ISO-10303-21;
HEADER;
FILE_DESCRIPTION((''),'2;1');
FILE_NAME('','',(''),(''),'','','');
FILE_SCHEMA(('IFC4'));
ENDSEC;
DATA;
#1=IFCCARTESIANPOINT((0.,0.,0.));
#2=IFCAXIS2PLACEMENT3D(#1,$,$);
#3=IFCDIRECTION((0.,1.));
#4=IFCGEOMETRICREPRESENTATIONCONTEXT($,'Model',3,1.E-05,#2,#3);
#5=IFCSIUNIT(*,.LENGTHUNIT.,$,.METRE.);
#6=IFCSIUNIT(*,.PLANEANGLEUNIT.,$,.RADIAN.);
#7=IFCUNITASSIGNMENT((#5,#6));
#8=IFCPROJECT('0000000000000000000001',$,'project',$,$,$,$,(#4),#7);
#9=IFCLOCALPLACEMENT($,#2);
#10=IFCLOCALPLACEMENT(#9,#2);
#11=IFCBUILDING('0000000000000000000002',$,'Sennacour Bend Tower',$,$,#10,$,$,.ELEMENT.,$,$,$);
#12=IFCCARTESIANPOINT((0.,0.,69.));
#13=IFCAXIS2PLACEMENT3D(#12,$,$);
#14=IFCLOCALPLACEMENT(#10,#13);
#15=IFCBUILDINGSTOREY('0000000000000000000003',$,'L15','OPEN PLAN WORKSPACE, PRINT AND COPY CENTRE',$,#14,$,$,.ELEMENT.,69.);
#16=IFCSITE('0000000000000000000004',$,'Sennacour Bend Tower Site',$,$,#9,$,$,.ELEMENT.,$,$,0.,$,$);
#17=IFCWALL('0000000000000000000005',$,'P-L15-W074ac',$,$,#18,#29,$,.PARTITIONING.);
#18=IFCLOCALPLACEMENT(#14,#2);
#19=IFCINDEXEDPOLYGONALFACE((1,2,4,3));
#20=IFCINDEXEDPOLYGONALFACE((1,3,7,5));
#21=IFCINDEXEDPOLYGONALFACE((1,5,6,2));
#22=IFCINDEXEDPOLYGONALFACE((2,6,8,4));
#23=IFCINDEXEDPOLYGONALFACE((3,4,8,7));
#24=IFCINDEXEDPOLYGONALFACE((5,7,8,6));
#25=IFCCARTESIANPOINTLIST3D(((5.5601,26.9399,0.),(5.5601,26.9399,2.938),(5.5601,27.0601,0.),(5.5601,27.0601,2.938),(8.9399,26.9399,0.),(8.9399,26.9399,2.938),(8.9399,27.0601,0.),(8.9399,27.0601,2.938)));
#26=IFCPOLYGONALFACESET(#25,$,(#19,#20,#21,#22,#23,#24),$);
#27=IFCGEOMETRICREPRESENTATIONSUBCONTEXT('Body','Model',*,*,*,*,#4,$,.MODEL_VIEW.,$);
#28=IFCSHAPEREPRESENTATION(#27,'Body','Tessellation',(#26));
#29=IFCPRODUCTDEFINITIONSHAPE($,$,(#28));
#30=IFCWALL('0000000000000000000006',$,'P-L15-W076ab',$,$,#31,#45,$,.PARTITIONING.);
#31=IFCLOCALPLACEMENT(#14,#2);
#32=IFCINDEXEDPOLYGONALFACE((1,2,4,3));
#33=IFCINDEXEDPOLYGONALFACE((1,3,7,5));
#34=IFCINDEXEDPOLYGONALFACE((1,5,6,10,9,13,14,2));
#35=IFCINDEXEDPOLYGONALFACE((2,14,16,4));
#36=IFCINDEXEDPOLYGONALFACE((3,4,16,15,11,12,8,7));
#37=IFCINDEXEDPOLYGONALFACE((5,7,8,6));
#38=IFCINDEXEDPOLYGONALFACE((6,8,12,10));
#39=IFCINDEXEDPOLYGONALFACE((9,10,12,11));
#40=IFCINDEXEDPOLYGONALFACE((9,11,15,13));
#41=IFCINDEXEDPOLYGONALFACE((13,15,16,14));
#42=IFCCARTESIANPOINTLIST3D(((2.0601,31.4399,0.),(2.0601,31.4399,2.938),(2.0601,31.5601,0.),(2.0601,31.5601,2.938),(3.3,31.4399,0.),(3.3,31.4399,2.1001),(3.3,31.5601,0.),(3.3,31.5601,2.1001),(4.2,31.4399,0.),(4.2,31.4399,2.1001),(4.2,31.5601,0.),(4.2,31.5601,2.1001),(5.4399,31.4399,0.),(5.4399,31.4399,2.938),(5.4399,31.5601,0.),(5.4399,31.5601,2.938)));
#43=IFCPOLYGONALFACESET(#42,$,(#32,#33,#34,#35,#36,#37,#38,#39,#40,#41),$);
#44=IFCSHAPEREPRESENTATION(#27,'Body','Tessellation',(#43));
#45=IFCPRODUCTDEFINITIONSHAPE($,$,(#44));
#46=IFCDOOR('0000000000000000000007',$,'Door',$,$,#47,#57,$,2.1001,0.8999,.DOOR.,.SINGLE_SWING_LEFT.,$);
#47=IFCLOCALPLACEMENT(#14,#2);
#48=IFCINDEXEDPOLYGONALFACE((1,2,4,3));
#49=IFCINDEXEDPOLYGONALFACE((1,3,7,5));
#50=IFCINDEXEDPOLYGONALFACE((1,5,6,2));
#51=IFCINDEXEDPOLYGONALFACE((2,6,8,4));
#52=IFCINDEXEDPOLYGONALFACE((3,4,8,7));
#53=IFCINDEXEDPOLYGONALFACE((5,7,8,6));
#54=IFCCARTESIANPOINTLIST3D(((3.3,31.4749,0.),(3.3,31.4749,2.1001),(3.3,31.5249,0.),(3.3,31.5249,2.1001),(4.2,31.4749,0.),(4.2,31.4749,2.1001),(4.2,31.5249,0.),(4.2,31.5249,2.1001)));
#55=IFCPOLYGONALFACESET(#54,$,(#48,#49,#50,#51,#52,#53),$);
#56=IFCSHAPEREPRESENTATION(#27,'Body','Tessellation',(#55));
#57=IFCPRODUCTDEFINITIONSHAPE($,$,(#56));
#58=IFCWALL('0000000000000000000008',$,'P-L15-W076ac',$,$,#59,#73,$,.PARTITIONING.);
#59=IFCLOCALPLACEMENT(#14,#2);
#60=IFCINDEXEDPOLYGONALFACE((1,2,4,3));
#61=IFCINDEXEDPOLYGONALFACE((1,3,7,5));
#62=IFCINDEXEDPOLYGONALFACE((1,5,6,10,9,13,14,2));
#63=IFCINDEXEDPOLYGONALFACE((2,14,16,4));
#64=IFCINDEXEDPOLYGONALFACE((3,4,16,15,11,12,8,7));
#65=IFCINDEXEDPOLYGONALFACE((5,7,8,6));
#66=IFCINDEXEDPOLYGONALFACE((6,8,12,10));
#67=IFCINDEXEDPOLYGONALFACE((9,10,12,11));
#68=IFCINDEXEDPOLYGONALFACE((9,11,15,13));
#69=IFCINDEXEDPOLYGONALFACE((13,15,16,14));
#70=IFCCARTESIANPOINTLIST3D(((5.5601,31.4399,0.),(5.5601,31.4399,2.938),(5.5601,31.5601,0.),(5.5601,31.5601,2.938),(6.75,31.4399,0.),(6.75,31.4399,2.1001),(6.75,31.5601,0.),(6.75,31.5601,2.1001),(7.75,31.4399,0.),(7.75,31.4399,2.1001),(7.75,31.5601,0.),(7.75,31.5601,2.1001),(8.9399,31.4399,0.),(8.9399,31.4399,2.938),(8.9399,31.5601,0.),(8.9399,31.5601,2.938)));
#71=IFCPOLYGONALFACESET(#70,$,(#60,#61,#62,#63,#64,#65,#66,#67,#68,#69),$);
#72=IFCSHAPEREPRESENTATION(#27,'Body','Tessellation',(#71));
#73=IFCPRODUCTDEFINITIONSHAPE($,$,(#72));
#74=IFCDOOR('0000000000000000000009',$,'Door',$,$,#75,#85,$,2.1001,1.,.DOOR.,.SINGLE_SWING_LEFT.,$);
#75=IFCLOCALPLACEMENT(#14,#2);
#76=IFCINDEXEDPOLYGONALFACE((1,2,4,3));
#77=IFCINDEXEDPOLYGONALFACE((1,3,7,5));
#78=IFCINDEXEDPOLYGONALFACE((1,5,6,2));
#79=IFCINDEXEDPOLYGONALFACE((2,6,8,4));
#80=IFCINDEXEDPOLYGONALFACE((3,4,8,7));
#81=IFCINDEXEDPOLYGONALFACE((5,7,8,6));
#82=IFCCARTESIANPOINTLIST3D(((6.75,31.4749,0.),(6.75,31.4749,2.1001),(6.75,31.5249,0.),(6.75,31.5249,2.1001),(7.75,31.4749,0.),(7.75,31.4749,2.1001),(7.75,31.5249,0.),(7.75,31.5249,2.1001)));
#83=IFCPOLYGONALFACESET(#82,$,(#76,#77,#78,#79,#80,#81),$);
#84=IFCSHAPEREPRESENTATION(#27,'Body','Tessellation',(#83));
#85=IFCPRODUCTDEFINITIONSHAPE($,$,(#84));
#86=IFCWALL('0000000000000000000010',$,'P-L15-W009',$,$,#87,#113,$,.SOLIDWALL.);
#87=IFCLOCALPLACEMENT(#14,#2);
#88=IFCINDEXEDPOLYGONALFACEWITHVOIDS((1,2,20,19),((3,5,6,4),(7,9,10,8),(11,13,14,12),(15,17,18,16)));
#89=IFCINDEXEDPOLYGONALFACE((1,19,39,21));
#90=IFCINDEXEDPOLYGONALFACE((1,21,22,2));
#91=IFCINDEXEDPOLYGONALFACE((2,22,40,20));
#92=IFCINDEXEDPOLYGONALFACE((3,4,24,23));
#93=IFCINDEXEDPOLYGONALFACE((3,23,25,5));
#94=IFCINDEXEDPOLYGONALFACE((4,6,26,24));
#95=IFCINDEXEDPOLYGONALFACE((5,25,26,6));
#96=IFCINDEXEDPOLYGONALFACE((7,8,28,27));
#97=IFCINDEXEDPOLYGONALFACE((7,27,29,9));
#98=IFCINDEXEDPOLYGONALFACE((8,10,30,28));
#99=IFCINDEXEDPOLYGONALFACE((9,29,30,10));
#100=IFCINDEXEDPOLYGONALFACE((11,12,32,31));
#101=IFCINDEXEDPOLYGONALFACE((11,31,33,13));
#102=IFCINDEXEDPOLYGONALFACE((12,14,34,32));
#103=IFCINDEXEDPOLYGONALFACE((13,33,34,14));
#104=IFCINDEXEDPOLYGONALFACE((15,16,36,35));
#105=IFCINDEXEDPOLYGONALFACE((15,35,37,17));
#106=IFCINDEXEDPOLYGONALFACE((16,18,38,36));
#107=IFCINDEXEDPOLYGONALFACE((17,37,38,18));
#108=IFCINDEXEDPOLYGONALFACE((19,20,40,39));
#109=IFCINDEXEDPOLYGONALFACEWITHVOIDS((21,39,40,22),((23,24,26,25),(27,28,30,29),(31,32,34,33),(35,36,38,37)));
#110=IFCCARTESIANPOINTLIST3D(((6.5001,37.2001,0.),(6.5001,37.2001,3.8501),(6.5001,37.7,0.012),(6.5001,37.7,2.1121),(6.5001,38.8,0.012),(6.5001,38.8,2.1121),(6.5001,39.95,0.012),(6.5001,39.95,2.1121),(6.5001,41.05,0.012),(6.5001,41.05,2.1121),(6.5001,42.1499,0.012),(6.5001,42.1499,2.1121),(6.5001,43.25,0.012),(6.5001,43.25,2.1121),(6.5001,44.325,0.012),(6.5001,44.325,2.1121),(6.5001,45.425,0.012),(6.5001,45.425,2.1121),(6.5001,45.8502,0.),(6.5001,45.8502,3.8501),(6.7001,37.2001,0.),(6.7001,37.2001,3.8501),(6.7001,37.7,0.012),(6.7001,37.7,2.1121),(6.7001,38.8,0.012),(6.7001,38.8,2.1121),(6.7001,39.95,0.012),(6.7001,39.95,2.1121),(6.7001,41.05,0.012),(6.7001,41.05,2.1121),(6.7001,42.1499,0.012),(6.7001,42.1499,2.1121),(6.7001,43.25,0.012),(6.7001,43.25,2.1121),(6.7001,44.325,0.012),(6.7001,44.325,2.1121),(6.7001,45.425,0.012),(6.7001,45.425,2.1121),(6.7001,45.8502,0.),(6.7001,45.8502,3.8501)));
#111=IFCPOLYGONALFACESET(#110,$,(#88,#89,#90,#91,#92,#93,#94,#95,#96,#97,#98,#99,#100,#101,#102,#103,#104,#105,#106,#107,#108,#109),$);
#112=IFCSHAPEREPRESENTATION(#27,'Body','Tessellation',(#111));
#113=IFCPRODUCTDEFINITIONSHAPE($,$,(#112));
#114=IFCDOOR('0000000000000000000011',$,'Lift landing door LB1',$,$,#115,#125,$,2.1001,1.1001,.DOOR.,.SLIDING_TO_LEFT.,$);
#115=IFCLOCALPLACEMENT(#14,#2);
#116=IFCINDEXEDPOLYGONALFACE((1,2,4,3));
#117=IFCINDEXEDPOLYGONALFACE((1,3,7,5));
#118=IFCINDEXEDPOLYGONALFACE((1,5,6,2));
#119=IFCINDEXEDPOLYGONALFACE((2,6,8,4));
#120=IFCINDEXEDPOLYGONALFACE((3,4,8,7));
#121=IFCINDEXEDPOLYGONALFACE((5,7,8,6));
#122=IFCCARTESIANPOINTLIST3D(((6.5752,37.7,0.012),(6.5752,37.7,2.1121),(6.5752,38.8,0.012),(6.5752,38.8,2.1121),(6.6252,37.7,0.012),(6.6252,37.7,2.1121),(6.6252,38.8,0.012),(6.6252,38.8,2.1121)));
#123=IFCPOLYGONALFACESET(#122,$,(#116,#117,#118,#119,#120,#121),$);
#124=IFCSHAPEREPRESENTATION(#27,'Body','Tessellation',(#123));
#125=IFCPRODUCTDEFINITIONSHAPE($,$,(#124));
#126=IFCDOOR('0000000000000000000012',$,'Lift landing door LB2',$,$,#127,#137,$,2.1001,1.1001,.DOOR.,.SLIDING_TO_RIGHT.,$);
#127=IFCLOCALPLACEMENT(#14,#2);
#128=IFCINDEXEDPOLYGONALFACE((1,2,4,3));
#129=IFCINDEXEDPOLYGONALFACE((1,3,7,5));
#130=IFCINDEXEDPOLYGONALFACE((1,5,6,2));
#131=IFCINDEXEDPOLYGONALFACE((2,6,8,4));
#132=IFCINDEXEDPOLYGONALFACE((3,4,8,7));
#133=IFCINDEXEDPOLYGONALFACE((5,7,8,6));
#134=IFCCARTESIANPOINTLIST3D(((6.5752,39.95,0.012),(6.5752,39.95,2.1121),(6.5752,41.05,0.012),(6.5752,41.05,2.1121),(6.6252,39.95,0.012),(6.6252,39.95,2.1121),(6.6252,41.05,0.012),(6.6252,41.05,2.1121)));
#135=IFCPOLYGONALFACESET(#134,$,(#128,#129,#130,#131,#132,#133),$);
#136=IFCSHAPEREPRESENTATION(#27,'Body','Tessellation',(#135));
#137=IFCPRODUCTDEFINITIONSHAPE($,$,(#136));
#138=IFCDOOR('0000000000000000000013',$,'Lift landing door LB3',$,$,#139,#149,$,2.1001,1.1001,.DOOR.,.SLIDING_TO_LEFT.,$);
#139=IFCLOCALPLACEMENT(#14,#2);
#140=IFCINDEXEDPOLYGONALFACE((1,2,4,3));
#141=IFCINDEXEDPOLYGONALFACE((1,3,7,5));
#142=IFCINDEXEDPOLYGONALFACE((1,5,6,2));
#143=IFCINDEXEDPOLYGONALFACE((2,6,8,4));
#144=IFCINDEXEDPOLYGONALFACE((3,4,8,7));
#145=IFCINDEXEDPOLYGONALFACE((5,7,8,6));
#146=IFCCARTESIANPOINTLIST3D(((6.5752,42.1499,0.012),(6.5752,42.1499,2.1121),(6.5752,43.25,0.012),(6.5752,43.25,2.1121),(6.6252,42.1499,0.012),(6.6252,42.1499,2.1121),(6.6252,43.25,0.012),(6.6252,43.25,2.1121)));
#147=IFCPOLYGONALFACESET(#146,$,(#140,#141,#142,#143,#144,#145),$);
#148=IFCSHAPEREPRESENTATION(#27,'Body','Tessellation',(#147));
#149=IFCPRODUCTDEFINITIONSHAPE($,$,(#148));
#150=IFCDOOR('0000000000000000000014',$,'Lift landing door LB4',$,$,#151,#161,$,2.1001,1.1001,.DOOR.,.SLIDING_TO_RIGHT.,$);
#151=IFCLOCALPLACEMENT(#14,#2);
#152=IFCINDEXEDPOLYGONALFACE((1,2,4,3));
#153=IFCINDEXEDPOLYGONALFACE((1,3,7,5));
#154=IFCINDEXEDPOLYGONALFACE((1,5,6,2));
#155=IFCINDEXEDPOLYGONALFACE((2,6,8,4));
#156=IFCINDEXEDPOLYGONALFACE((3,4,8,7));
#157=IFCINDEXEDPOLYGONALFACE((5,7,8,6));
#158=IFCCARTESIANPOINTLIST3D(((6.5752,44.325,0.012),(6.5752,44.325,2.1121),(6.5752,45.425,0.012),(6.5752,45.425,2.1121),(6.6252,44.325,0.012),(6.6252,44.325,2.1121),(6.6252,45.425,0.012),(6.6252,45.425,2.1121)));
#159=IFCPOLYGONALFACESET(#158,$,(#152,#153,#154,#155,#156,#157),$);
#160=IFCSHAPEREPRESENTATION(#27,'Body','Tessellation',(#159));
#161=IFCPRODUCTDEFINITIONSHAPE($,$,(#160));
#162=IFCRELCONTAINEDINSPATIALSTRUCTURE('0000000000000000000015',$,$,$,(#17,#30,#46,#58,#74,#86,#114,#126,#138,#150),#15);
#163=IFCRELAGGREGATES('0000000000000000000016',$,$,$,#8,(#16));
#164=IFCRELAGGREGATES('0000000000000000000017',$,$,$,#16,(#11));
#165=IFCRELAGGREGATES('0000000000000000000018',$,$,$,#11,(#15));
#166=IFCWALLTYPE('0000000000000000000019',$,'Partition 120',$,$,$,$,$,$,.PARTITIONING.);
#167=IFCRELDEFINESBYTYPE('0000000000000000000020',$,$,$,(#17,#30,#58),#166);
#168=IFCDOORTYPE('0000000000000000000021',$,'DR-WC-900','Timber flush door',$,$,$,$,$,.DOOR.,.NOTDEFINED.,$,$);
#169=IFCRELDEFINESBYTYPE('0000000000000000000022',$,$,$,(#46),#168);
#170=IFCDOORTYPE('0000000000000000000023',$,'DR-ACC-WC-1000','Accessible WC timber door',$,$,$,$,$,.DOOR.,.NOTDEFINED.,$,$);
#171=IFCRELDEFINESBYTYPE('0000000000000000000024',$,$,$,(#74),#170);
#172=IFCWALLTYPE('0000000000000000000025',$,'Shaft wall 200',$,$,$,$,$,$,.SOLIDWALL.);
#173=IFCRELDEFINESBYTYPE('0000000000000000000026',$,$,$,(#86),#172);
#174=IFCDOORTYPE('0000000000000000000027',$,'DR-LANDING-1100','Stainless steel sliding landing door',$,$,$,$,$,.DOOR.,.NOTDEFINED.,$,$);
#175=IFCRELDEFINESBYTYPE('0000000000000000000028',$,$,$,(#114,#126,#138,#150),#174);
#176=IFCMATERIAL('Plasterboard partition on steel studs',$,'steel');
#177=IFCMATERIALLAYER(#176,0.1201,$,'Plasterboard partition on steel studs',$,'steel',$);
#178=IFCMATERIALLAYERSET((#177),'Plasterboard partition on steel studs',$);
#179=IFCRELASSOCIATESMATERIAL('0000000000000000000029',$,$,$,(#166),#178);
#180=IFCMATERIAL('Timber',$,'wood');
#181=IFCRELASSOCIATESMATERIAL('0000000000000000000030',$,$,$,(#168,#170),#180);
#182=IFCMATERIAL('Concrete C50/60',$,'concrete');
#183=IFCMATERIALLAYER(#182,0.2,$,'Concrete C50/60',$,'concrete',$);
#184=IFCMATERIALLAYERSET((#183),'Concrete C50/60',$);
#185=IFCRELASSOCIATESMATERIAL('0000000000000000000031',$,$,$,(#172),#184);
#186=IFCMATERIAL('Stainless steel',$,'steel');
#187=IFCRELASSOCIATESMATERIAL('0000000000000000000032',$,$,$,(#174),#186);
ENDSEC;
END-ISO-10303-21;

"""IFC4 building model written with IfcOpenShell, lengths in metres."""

from ifc_helpers import new_model, si_unit, direction, frame, frame_2d, origin, place, context, subcontext, project, spatial, rectangle, extrude, material, layer, layer_set, type_object, element, fill, save


model = new_model("IFC4")

# Units and contexts
model_context = context("Model", 3, precision=1e-05, world=origin(), true_north=direction((0.0, 1.0)))
body_context = subcontext(model_context, "Body", "Model", "MODEL_VIEW")
ifc_project = project(units=[si_unit("LENGTHUNIT", "METRE"), si_unit("PLANEANGLEUNIT", "RADIAN")], contexts=[model_context])

# Site, building, storey
site_placement = place(None, origin())
site = spatial("IfcSite", under=ifc_project, at=site_placement, Name="Sennacour Bend Tower Site", CompositionType="ELEMENT", RefElevation=0.0)
building_placement = place(site_placement, origin())
building = spatial("IfcBuilding", under=site, at=building_placement, Name="Sennacour Bend Tower", CompositionType="ELEMENT")
storey_placement = place(building_placement, frame((0.0, 0.0, 69.0)))
storey = spatial("IfcBuildingStorey", under=building, at=storey_placement, Name="L15", Description="OPEN PLAN WORKSPACE, PRINT AND COPY CENTRE", CompositionType="ELEMENT", Elevation=69.0)

# Wall
ifc_material_1 = material(Name="Plasterboard partition on steel studs", Category="steel")
ifc_layer_1 = layer(ifc_material_1, 0.1201, Name="Plasterboard partition on steel studs", Category="steel")
ifc_layer_set_1 = layer_set([ifc_layer_1], Name="Plasterboard partition on steel studs")
wall_type_1 = type_object("IfcWallType", Name="Partition 120", PredefinedType="PARTITIONING", material=ifc_layer_set_1)
wall_1_placement = place(storey_placement, frame((5.5601, 27.0, 0.0), z_axis=(0.0, 0.0, 1.0), x_axis=(1.0, 0.0, 0.0)))
element("IfcWall", 1, at=wall_1_placement, inside=storey, type_object=wall_type_1, Name="P-L15-W074ac", PredefinedType="PARTITIONING", context=body_context, shape_type="SweptSolid", body=[
    extrude(rectangle(XDim=3.3799, YDim=0.1201, at=frame_2d((1.6899, 0.0))), origin(), (0.0, 0.0, 1.0), 2.938),
])

# Walls, openings, doors
wall_2_placement = place(storey_placement, frame((2.0601, 31.5, 0.0), z_axis=(0.0, 0.0, 1.0), x_axis=(1.0, 0.0, 0.0)))
wall_2 = element("IfcWall", 2, at=wall_2_placement, inside=storey, type_object=wall_type_1, Name="P-L15-W076ab", PredefinedType="PARTITIONING", context=body_context, shape_type="SweptSolid", body=[
    extrude(rectangle(XDim=3.3799, YDim=0.1201, at=frame_2d((1.6899, 0.0))), origin(), (0.0, 0.0, 1.0), 2.938),
])
opening_1_placement = place(wall_2_placement, frame((1.24, 0.0, 0.0)))
opening_1 = element("IfcOpeningElement", 3, at=opening_1_placement, cuts=wall_2, PredefinedType="OPENING", context=body_context, shape_type="SweptSolid", body=[
    extrude(rectangle(XDim=0.8999, YDim=2.1001, at=frame_2d((0.45, 1.05))), frame((0.0, 0.0701, 0.0), z_axis=(0.0, -1.0, 0.0), x_axis=(1.0, 0.0, 0.0)), (0.0, 0.0, 1.0), 0.1401),
])
ifc_material_2 = material(Name="Timber", Category="wood")
door_type_1 = type_object("IfcDoorType", Name="DR-WC-900", Description="Timber flush door", OperationType="NOTDEFINED", PredefinedType="DOOR", material=ifc_material_2)
door_1_placement = place(opening_1_placement, origin())
door_1 = element("IfcDoor", 4, at=door_1_placement, inside=storey, type_object=door_type_1, Name="Door", OperationType="SINGLE_SWING_LEFT", OverallHeight=2.1001, OverallWidth=0.8999, PredefinedType="DOOR", context=body_context, shape_type="SweptSolid", body=[
    extrude(rectangle(XDim=0.8999, YDim=2.1001, at=frame_2d((0.45, 1.05))), frame((0.0, 0.0249, 0.0), z_axis=(0.0, -1.0, 0.0), x_axis=(1.0, 0.0, 0.0)), (0.0, 0.0, 1.0), 0.05),
])
fill(opening_1, door_1)
wall_3_placement = place(storey_placement, frame((5.5601, 31.5, 0.0), z_axis=(0.0, 0.0, 1.0), x_axis=(1.0, 0.0, 0.0)))
wall_3 = element("IfcWall", 5, at=wall_3_placement, inside=storey, type_object=wall_type_1, Name="P-L15-W076ac", PredefinedType="PARTITIONING", context=body_context, shape_type="SweptSolid", body=[
    extrude(rectangle(XDim=3.3799, YDim=0.1201, at=frame_2d((1.6899, 0.0))), origin(), (0.0, 0.0, 1.0), 2.938),
])
opening_2_placement = place(wall_3_placement, frame((1.1899, 0.0, 0.0)))
opening_2 = element("IfcOpeningElement", 6, at=opening_2_placement, cuts=wall_3, PredefinedType="OPENING", context=body_context, shape_type="SweptSolid", body=[
    extrude(rectangle(XDim=1.0, YDim=2.1001, at=frame_2d((0.5, 1.05))), frame((0.0, 0.0701, 0.0), z_axis=(0.0, -1.0, 0.0), x_axis=(1.0, 0.0, 0.0)), (0.0, 0.0, 1.0), 0.1401),
])
door_type_2 = type_object("IfcDoorType", Name="DR-ACC-WC-1000", Description="Accessible WC timber door", OperationType="NOTDEFINED", PredefinedType="DOOR", material=ifc_material_2)
door_2_placement = place(opening_2_placement, origin())
door_2 = element("IfcDoor", 7, at=door_2_placement, inside=storey, type_object=door_type_2, Name="Door", OperationType="SINGLE_SWING_LEFT", OverallHeight=2.1001, OverallWidth=1.0, PredefinedType="DOOR", context=body_context, shape_type="SweptSolid", body=[
    extrude(rectangle(XDim=1.0, YDim=2.1001, at=frame_2d((0.5, 1.05))), frame((0.0, 0.0249, 0.0), z_axis=(0.0, -1.0, 0.0), x_axis=(1.0, 0.0, 0.0)), (0.0, 0.0, 1.0), 0.05),
])
fill(opening_2, door_2)

# Wall, openings, doors
ifc_material_3 = material(Name="Concrete C50/60", Category="concrete")
ifc_layer_2 = layer(ifc_material_3, 0.2, Name="Concrete C50/60", Category="concrete")
ifc_layer_set_2 = layer_set([ifc_layer_2], Name="Concrete C50/60")
wall_type_2 = type_object("IfcWallType", Name="Shaft wall 200", PredefinedType="SOLIDWALL", material=ifc_layer_set_2)
wall_4_placement = place(storey_placement, frame((6.6001, 37.2, 0.0), z_axis=(0.0, 0.0, 1.0), x_axis=(0.0, 1.0, 0.0)))
wall_4 = element("IfcWall", 8, at=wall_4_placement, inside=storey, type_object=wall_type_2, Name="P-L15-W009", PredefinedType="SOLIDWALL", context=body_context, shape_type="SweptSolid", body=[
    extrude(rectangle(XDim=8.6501, YDim=0.2, at=frame_2d((4.3252, 0.0))), origin(), (0.0, 0.0, 1.0), 3.8501),
])
opening_3_placement = place(wall_4_placement, frame((0.5, 0.0, 0.012)))
opening_3 = element("IfcOpeningElement", 9, at=opening_3_placement, cuts=wall_4, PredefinedType="OPENING", context=body_context, shape_type="SweptSolid", body=[
    extrude(rectangle(XDim=1.1001, YDim=2.1001, at=frame_2d((0.55, 1.05))), frame((0.0, 0.1099, 0.0), z_axis=(0.0, -1.0, 0.0), x_axis=(1.0, 0.0, 0.0)), (0.0, 0.0, 1.0), 0.22),
])
opening_4_placement = place(wall_4_placement, frame((2.75, 0.0, 0.012)))
opening_4 = element("IfcOpeningElement", 10, at=opening_4_placement, cuts=wall_4, PredefinedType="OPENING", context=body_context, shape_type="SweptSolid", body=[
    extrude(rectangle(XDim=1.1001, YDim=2.1001, at=frame_2d((0.55, 1.05))), frame((0.0, 0.1099, 0.0), z_axis=(0.0, -1.0, 0.0), x_axis=(1.0, 0.0, 0.0)), (0.0, 0.0, 1.0), 0.22),
])
opening_5_placement = place(wall_4_placement, frame((4.95, 0.0, 0.012)))
opening_5 = element("IfcOpeningElement", 11, at=opening_5_placement, cuts=wall_4, PredefinedType="OPENING", context=body_context, shape_type="SweptSolid", body=[
    extrude(rectangle(XDim=1.1001, YDim=2.1001, at=frame_2d((0.55, 1.05))), frame((0.0, 0.1099, 0.0), z_axis=(0.0, -1.0, 0.0), x_axis=(1.0, 0.0, 0.0)), (0.0, 0.0, 1.0), 0.22),
])
opening_6_placement = place(wall_4_placement, frame((7.125, 0.0, 0.012)))
opening_6 = element("IfcOpeningElement", 12, at=opening_6_placement, cuts=wall_4, PredefinedType="OPENING", context=body_context, shape_type="SweptSolid", body=[
    extrude(rectangle(XDim=1.1001, YDim=2.1001, at=frame_2d((0.55, 1.05))), frame((0.0, 0.1099, 0.0), z_axis=(0.0, -1.0, 0.0), x_axis=(1.0, 0.0, 0.0)), (0.0, 0.0, 1.0), 0.22),
])
ifc_material_4 = material(Name="Stainless steel", Category="steel")
door_type_3 = type_object("IfcDoorType", Name="DR-LANDING-1100", Description="Stainless steel sliding landing door", OperationType="NOTDEFINED", PredefinedType="DOOR", material=ifc_material_4)
door_3_placement = place(opening_3_placement, origin())
door_3 = element("IfcDoor", 13, at=door_3_placement, inside=storey, type_object=door_type_3, Name="Lift landing door LB1", OperationType="SLIDING_TO_LEFT", OverallHeight=2.1001, OverallWidth=1.1001, PredefinedType="DOOR", context=body_context, shape_type="SweptSolid", body=[
    extrude(rectangle(XDim=1.1001, YDim=2.1001, at=frame_2d((0.55, 1.05))), frame((0.0, 0.0249, 0.0), z_axis=(0.0, -1.0, 0.0), x_axis=(1.0, 0.0, 0.0)), (0.0, 0.0, 1.0), 0.05),
])
fill(opening_3, door_3)
door_4_placement = place(opening_4_placement, origin())
door_4 = element("IfcDoor", 14, at=door_4_placement, inside=storey, type_object=door_type_3, Name="Lift landing door LB2", OperationType="SLIDING_TO_RIGHT", OverallHeight=2.1001, OverallWidth=1.1001, PredefinedType="DOOR", context=body_context, shape_type="SweptSolid", body=[
    extrude(rectangle(XDim=1.1001, YDim=2.1001, at=frame_2d((0.55, 1.05))), frame((0.0, 0.0249, 0.0), z_axis=(0.0, -1.0, 0.0), x_axis=(1.0, 0.0, 0.0)), (0.0, 0.0, 1.0), 0.05),
])
fill(opening_4, door_4)
door_5_placement = place(opening_5_placement, origin())
door_5 = element("IfcDoor", 15, at=door_5_placement, inside=storey, type_object=door_type_3, Name="Lift landing door LB3", OperationType="SLIDING_TO_LEFT", OverallHeight=2.1001, OverallWidth=1.1001, PredefinedType="DOOR", context=body_context, shape_type="SweptSolid", body=[
    extrude(rectangle(XDim=1.1001, YDim=2.1001, at=frame_2d((0.55, 1.05))), frame((0.0, 0.0249, 0.0), z_axis=(0.0, -1.0, 0.0), x_axis=(1.0, 0.0, 0.0)), (0.0, 0.0, 1.0), 0.05),
])
fill(opening_5, door_5)
door_6_placement = place(opening_6_placement, origin())
door_6 = element("IfcDoor", 16, at=door_6_placement, inside=storey, type_object=door_type_3, Name="Lift landing door LB4", OperationType="SLIDING_TO_RIGHT", OverallHeight=2.1001, OverallWidth=1.1001, PredefinedType="DOOR", context=body_context, shape_type="SweptSolid", body=[
    extrude(rectangle(XDim=1.1001, YDim=2.1001, at=frame_2d((0.55, 1.05))), frame((0.0, 0.0249, 0.0), z_axis=(0.0, -1.0, 0.0), x_axis=(1.0, 0.0, 0.0)), (0.0, 0.0, 1.0), 0.05),
])
fill(opening_6, door_6)

save(model, "model.ifc")
